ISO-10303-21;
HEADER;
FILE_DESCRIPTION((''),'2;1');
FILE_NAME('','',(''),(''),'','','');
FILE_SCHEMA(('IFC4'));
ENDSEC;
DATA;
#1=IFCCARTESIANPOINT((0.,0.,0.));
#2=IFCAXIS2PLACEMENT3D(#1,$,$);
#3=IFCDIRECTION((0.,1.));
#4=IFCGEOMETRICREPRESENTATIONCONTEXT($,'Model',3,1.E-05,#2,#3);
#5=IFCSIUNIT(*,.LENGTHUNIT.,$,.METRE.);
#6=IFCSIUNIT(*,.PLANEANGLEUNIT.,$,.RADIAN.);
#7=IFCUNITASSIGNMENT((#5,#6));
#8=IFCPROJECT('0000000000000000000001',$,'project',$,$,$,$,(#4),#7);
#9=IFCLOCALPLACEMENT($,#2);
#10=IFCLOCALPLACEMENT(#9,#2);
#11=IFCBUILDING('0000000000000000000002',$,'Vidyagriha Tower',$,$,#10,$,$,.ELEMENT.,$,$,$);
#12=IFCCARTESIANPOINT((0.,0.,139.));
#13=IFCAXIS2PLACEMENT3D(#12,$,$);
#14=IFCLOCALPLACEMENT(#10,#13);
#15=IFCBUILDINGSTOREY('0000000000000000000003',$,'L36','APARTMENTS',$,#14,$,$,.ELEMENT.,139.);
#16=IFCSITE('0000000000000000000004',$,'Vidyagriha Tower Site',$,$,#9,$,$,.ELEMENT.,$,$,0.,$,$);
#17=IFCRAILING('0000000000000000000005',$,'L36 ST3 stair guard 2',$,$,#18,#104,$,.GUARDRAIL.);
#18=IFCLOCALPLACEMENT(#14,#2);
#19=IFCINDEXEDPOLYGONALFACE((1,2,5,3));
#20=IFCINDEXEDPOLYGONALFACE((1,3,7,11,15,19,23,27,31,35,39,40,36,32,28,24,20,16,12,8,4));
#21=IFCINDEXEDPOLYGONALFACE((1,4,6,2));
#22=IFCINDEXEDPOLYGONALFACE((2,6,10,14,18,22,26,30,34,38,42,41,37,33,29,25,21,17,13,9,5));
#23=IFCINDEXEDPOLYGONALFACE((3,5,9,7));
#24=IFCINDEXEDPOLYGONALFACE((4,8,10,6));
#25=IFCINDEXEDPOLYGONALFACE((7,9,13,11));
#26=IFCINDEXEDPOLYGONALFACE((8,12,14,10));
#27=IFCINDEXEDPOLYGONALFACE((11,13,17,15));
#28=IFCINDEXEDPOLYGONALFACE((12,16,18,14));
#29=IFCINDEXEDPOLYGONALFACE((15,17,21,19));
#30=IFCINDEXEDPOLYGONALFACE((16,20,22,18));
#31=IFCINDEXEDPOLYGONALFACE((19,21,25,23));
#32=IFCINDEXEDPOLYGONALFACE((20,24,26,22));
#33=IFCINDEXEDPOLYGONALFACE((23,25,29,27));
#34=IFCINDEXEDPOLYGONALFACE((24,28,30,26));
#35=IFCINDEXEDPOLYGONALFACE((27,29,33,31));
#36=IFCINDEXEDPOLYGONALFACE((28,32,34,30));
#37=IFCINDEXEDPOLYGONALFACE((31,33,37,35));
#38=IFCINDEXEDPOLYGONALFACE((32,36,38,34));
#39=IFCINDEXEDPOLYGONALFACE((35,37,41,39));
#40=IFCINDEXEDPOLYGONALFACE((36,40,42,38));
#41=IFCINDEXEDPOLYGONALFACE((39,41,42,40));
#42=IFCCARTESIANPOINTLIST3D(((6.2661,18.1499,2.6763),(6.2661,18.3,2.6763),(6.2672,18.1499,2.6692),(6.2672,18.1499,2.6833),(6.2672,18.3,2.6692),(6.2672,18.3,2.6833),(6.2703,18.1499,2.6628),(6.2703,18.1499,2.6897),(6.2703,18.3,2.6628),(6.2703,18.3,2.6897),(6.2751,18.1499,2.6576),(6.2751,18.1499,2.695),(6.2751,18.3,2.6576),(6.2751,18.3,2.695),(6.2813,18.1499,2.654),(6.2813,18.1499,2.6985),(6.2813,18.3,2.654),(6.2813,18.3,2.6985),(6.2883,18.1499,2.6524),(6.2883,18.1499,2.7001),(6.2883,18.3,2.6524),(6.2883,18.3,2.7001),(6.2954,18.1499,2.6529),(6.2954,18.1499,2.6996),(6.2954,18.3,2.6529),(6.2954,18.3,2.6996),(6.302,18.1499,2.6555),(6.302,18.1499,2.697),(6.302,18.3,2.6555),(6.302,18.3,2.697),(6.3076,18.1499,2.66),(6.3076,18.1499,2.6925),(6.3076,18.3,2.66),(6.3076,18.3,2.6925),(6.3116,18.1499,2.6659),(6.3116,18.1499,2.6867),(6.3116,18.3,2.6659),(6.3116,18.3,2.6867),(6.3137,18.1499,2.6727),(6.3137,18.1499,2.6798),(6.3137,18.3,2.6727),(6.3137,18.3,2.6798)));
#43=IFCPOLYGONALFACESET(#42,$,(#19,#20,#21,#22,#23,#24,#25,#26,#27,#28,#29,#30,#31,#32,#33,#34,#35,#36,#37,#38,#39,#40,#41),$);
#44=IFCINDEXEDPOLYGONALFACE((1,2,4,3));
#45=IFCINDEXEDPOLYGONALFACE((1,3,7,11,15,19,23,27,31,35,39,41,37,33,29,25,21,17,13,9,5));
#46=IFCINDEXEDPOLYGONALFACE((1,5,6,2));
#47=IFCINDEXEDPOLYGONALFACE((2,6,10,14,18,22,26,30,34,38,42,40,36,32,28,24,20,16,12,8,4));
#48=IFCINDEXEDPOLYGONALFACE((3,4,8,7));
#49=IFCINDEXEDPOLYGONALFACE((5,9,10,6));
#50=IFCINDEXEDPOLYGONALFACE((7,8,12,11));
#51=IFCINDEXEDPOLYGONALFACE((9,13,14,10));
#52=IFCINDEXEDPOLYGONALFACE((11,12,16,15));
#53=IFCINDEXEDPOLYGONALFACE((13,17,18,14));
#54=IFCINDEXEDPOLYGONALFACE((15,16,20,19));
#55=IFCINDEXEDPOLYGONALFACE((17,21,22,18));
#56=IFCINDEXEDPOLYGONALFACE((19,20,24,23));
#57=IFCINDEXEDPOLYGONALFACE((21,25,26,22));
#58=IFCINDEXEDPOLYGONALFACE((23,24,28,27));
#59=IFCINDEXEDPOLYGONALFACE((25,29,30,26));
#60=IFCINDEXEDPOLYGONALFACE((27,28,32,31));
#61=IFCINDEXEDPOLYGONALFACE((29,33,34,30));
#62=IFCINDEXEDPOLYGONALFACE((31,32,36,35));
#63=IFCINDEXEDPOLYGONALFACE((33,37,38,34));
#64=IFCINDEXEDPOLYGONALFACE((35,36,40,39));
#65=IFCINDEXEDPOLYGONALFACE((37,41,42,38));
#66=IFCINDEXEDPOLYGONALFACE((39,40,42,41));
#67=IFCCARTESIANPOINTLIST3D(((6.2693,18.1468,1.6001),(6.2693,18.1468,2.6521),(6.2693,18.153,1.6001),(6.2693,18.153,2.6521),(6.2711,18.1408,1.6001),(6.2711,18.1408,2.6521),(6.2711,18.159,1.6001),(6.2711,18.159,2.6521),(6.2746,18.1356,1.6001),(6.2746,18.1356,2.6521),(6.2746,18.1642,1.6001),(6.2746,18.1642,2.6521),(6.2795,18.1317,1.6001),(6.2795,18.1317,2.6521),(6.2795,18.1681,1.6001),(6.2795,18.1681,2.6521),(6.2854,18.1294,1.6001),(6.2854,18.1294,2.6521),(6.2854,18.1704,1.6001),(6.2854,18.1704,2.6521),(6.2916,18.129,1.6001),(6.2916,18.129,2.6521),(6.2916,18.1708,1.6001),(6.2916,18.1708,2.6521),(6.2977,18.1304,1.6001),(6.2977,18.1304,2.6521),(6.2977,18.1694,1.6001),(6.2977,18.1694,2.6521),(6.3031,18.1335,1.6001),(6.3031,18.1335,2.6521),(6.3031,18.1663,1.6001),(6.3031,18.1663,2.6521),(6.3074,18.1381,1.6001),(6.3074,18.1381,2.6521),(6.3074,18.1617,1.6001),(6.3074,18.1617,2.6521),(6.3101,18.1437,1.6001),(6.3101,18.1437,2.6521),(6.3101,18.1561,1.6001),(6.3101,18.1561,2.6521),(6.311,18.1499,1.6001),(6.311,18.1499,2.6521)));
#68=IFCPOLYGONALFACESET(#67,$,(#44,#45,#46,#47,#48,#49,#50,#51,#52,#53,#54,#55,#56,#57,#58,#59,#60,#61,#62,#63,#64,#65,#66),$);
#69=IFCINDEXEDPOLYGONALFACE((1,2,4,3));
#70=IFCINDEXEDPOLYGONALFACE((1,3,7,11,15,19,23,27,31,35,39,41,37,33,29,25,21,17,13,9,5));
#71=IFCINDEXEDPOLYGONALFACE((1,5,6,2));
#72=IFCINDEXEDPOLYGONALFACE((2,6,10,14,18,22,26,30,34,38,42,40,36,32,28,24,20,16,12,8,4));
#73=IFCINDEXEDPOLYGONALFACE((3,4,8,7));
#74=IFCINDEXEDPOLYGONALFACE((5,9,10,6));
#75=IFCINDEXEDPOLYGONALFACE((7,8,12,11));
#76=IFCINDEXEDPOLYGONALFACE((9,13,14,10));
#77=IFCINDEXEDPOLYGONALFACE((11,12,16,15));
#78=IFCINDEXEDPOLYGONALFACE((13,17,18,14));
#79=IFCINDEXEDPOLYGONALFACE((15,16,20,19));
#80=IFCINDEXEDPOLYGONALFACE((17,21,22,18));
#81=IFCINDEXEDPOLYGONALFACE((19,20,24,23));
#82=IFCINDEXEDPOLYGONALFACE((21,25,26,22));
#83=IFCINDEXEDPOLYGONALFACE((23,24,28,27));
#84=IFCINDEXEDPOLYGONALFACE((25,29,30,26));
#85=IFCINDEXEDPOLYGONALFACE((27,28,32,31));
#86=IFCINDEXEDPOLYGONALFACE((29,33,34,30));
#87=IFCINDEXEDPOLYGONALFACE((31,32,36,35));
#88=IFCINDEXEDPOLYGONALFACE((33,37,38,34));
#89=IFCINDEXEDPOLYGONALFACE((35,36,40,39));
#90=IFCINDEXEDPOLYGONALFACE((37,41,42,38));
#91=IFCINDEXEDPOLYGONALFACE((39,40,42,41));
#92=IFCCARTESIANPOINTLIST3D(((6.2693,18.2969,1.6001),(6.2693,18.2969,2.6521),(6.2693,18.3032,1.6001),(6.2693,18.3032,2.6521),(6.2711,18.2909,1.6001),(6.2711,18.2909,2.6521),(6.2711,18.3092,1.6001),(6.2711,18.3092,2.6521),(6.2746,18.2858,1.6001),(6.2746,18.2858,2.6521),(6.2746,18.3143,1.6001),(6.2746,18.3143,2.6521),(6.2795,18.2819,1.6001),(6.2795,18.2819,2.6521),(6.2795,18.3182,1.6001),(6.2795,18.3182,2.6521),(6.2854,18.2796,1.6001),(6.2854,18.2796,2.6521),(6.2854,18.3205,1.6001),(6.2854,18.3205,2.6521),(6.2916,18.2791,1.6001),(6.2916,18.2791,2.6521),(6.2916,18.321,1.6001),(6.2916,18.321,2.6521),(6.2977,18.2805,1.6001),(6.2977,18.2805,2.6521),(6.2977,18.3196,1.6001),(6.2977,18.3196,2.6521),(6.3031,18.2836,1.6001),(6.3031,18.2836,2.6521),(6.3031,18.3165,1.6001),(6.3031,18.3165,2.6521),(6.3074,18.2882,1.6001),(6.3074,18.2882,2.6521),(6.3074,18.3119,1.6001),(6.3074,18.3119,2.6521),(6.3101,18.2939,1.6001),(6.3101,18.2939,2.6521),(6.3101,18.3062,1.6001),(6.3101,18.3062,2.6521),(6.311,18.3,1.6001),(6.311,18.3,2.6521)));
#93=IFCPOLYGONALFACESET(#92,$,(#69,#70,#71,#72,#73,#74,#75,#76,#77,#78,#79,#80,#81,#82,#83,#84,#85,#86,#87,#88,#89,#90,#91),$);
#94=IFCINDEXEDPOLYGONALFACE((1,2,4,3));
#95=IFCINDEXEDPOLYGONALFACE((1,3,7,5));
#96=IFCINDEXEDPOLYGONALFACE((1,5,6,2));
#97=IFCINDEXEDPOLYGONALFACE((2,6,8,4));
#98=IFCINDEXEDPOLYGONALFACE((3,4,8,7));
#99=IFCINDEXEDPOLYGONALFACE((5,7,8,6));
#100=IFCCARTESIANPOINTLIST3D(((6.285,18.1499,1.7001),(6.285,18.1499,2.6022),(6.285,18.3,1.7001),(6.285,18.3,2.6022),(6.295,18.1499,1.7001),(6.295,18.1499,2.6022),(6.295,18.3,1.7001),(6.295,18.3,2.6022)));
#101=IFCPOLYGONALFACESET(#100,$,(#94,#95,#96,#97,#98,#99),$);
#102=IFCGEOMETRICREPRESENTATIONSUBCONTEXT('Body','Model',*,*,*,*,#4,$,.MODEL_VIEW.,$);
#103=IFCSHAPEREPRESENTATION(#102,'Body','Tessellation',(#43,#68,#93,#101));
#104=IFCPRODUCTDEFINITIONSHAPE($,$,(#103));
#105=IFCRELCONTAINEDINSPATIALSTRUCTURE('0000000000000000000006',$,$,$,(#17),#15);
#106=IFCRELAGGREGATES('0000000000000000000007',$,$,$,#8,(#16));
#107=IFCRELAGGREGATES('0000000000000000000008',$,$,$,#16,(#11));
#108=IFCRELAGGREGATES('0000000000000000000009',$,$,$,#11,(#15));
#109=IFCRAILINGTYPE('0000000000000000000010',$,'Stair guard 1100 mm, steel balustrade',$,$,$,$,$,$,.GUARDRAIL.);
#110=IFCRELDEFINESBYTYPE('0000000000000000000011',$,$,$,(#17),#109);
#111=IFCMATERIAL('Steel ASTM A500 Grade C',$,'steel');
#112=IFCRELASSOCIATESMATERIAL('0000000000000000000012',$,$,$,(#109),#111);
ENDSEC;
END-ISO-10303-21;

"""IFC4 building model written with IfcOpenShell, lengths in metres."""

from ifc_helpers import new_model, si_unit, direction, frame, origin, origin_2d, place, context, subcontext, project, spatial, rectangle, circle, extrude, material, type_object, element, save


model = new_model("IFC4")

# Units and contexts
model_context = context("Model", 3, precision=1e-05, world=origin(), true_north=direction((0.0, 1.0)))
body_context = subcontext(model_context, "Body", "Model", "MODEL_VIEW")
ifc_project = project(units=[si_unit("LENGTHUNIT", "METRE"), si_unit("PLANEANGLEUNIT", "RADIAN")], contexts=[model_context])

# Site, building, storey
site_placement = place(None, origin())
site = spatial("IfcSite", under=ifc_project, at=site_placement, Name="Vidyagriha Tower Site", CompositionType="ELEMENT", RefElevation=0.0)
building_placement = place(site_placement, origin())
building = spatial("IfcBuilding", under=site, at=building_placement, Name="Vidyagriha Tower", CompositionType="ELEMENT")
storey_placement = place(building_placement, frame((0.0, 0.0, 139.0)))
storey = spatial("IfcBuildingStorey", under=building, at=storey_placement, Name="L36", Description="APARTMENTS", CompositionType="ELEMENT", Elevation=139.0)

# Railing
ifc_material_1 = material(Name="Steel ASTM A500 Grade C", Category="steel")
railing_type_1 = type_object("IfcRailingType", Name="Stair guard 1100 mm, steel balustrade", PredefinedType="GUARDRAIL", material=ifc_material_1)
railing_1_placement = place(storey_placement, frame((6.29, 18.1499, 1.6001)))
element("IfcRailing", 1, at=railing_1_placement, inside=storey, type_object=railing_type_1, Name="L36 ST3 stair guard 2", PredefinedType="GUARDRAIL", context=body_context, shape_type="SweptSolid", body=[
    extrude(circle(Radius=0.0239, at=origin_2d()), frame((0.0, 0.0, 1.0762), z_axis=(0.0, 1.0, 0.0), x_axis=(-1.0, 0.0, 0.0)), (0.0, 0.0, 1.0), 0.1501),
    extrude(circle(Radius=0.021, at=origin_2d()), origin(), (0.0, 0.0, 1.0), 1.052),
    extrude(circle(Radius=0.021, at=origin_2d()), frame((0.0, 0.1501, 0.0)), (0.0, 0.0, 1.0), 1.052),
    extrude(rectangle(XDim=0.01, YDim=0.9021, at=origin_2d()), frame((0.0, 0.0, 0.551), z_axis=(0.0, 1.0, 0.0), x_axis=(-1.0, 0.0, 0.0)), (0.0, 0.0, 1.0), 0.1501),
])

save(model, "model.ifc")
